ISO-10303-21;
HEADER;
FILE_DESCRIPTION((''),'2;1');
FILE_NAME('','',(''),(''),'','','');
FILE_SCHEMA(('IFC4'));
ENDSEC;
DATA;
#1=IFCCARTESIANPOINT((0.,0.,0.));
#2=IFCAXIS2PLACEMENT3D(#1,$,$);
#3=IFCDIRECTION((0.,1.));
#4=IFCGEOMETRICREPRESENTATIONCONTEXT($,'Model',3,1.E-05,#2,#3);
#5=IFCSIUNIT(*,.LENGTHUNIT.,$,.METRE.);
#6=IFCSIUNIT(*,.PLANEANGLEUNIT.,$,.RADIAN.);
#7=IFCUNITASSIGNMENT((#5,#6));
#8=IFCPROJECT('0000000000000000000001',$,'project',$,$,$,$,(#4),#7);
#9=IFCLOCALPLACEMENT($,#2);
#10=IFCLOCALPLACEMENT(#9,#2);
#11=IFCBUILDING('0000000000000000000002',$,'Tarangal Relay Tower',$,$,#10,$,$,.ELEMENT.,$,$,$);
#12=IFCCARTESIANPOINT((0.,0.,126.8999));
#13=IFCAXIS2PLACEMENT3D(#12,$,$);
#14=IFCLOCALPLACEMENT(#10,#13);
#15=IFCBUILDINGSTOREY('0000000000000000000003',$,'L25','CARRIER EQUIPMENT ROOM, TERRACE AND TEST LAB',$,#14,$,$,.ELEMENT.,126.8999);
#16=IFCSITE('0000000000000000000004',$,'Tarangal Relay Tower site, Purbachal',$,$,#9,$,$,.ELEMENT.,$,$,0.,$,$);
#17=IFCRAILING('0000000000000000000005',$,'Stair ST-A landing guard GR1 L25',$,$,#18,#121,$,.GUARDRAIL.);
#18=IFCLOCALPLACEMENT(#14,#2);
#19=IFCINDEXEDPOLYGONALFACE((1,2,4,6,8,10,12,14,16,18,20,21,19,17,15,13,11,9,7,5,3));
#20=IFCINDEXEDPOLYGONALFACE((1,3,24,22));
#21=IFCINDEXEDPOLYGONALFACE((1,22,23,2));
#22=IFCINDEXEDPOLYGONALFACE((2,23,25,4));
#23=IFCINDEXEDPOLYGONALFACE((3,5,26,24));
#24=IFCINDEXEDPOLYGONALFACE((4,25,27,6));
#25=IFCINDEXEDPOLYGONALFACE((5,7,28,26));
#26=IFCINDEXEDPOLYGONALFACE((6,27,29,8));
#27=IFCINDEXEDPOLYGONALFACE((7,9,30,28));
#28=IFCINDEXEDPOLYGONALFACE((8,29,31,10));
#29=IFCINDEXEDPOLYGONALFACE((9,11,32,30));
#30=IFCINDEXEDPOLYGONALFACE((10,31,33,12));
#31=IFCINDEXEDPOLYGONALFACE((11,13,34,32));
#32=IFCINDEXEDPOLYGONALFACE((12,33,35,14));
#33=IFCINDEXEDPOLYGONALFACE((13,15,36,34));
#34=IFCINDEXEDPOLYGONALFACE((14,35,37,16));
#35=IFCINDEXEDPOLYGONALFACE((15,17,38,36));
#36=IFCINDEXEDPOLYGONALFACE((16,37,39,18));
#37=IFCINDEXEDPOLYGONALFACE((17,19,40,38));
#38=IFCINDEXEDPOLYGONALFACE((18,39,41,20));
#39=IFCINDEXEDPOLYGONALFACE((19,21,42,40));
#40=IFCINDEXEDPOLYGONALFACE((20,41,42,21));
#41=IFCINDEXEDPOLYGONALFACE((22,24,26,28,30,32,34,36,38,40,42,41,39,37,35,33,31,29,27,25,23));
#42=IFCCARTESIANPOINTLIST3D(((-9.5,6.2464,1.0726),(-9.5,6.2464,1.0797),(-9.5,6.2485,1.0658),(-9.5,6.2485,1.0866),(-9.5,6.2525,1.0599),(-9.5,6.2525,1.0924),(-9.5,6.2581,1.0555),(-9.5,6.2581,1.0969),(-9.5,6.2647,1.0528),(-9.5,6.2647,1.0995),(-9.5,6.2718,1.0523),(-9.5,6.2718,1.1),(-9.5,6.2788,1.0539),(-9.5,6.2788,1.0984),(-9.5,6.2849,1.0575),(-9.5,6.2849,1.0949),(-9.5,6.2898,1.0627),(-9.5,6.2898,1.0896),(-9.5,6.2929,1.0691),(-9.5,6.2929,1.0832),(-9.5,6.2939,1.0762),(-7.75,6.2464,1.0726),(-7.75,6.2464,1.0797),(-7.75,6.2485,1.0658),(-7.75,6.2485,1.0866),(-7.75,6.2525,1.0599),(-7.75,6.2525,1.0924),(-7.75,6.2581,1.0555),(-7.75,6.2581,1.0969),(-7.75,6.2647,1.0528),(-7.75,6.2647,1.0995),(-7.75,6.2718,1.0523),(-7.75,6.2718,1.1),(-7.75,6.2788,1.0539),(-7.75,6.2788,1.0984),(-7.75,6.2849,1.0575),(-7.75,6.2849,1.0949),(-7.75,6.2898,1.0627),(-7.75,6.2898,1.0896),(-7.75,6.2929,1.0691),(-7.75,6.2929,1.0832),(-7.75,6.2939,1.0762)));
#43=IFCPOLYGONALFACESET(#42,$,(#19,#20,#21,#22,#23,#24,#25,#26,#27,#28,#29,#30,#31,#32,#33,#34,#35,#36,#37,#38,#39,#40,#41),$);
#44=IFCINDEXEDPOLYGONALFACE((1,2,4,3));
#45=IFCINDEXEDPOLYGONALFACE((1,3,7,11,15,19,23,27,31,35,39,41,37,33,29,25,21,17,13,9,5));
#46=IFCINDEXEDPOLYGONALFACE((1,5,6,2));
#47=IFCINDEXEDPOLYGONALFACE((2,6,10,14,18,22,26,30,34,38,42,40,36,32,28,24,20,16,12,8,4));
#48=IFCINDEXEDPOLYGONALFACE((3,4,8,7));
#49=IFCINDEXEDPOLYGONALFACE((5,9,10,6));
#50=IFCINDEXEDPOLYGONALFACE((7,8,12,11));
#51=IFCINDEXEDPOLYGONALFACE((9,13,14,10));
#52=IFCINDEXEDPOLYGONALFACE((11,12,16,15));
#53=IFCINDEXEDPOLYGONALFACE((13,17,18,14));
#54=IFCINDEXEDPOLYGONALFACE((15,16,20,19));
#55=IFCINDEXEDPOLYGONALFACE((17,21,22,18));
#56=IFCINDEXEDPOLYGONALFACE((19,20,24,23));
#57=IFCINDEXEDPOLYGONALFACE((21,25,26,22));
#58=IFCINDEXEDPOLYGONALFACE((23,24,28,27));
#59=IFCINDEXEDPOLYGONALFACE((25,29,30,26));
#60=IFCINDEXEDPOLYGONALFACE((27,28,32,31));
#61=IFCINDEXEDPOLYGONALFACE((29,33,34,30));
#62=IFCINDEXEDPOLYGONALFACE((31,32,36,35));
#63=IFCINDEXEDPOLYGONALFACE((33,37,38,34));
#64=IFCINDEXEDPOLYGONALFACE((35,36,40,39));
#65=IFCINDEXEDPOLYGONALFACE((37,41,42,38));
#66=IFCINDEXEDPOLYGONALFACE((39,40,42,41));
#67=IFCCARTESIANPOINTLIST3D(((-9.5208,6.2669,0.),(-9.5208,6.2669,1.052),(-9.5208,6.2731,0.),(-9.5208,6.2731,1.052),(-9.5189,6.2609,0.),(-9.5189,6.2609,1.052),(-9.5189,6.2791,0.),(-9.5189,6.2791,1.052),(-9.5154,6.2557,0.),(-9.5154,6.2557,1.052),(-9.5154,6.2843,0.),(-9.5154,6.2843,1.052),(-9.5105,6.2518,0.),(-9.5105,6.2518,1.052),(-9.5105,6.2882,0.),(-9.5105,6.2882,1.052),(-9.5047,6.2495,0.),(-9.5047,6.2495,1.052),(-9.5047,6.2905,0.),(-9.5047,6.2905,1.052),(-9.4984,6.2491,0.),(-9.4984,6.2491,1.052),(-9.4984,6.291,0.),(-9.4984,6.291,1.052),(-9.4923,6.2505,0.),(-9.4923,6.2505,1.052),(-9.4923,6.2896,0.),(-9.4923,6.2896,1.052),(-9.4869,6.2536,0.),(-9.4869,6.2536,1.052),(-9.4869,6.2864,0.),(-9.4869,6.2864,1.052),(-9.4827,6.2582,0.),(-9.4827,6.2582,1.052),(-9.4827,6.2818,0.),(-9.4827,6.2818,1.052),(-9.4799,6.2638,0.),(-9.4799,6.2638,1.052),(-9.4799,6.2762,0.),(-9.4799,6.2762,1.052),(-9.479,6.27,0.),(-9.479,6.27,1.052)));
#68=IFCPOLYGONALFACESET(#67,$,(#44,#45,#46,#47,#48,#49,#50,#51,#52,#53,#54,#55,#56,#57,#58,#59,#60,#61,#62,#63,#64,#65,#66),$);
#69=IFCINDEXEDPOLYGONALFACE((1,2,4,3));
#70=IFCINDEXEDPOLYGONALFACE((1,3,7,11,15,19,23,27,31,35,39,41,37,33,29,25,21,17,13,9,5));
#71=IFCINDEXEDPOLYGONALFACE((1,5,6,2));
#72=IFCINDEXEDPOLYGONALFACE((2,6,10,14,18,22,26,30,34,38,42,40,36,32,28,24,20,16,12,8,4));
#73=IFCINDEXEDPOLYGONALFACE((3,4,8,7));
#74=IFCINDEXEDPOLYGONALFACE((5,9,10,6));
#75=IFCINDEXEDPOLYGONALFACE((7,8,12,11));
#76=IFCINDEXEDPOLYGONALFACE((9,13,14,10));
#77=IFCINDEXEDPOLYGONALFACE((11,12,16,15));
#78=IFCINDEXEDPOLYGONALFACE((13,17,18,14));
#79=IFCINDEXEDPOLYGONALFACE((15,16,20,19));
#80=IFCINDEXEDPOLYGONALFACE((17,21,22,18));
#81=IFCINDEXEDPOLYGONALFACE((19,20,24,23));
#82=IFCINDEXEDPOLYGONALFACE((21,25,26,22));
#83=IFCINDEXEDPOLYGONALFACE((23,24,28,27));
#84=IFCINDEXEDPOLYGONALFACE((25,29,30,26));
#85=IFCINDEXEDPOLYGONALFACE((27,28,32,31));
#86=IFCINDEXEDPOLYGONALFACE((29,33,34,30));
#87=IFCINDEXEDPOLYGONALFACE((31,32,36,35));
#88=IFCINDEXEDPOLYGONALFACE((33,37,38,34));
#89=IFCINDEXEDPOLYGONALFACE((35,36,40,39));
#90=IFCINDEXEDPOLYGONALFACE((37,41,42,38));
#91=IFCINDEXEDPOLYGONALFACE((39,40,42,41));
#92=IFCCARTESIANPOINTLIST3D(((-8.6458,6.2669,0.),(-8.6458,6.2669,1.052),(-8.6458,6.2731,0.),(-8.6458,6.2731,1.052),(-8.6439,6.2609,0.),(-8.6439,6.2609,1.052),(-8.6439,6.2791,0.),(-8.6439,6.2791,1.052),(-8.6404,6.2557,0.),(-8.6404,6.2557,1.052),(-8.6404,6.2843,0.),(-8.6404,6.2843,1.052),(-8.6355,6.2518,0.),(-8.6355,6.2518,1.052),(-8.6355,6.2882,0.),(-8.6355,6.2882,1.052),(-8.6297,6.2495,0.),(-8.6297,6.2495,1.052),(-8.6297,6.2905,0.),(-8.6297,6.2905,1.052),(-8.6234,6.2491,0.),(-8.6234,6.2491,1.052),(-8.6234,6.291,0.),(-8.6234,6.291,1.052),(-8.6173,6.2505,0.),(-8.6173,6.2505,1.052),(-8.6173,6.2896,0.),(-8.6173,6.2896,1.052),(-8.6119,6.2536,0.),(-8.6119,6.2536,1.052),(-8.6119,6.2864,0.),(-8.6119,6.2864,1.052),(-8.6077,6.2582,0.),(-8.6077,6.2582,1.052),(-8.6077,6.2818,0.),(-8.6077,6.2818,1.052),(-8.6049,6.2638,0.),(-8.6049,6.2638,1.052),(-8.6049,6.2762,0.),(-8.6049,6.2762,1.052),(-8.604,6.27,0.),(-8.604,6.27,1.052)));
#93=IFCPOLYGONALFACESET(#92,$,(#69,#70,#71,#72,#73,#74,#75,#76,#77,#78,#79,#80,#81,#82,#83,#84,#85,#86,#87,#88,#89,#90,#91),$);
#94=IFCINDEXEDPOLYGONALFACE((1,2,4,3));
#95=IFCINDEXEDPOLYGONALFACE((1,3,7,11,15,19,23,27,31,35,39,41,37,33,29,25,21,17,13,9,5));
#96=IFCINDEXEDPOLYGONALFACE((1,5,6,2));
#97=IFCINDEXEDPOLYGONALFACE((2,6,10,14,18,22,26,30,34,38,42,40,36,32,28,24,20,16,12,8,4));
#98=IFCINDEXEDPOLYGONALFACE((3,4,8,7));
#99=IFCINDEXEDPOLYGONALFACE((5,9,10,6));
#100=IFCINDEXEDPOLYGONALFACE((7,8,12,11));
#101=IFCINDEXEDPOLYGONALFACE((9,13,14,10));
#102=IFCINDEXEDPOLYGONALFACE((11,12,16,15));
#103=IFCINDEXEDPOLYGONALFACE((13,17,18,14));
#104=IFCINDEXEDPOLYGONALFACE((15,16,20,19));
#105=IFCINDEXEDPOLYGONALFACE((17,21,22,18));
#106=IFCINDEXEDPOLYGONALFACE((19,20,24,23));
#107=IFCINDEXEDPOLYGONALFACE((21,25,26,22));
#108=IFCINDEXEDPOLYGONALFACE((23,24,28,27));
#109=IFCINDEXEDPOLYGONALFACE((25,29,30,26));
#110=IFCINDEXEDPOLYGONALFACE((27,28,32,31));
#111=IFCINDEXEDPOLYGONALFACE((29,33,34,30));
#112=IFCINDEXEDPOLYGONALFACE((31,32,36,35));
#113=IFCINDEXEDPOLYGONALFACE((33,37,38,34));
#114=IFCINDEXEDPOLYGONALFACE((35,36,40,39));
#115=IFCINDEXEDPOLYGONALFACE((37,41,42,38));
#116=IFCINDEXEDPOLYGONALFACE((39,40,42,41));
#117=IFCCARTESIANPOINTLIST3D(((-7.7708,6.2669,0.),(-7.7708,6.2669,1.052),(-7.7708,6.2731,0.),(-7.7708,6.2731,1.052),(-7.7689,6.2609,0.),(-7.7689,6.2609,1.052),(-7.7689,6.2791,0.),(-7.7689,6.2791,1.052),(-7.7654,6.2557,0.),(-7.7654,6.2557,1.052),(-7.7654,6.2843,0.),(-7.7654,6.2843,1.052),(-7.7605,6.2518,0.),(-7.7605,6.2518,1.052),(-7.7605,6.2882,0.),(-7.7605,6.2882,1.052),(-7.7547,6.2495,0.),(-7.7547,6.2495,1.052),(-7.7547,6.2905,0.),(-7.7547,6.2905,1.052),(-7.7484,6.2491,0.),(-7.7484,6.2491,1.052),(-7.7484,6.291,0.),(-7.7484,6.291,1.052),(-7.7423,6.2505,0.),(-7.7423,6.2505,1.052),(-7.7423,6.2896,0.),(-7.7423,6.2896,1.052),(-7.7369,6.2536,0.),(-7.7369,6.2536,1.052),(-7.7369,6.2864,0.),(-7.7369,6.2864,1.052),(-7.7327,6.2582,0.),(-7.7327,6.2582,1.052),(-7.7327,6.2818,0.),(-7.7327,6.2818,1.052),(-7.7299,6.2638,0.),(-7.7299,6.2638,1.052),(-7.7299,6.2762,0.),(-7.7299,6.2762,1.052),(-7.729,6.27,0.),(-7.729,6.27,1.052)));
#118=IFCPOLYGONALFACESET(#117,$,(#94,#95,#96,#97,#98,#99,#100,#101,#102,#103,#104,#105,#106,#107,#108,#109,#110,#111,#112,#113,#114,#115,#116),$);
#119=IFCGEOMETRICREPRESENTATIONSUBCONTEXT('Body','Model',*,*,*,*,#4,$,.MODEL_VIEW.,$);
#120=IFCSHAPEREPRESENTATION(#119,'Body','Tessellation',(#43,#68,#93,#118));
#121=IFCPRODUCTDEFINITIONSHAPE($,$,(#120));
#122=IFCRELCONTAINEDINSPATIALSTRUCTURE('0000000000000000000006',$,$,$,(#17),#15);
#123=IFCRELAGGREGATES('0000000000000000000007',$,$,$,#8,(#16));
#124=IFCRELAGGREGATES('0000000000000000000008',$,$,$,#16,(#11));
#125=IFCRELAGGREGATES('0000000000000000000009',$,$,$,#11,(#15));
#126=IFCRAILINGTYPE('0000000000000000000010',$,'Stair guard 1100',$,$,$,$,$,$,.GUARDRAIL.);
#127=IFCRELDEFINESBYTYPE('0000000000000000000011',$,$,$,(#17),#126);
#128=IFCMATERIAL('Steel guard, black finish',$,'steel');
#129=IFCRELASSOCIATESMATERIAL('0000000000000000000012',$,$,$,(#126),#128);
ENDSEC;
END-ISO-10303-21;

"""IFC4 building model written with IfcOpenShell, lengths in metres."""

from ifc_helpers import new_model, si_unit, direction, frame, origin, origin_2d, place, context, subcontext, project, spatial, circle, extrude, material, type_object, element, save


model = new_model("IFC4")

# Units and contexts
model_context = context("Model", 3, precision=1e-05, world=origin(), true_north=direction((0.0, 1.0)))
body_context = subcontext(model_context, "Body", "Model", "MODEL_VIEW")
ifc_project = project(units=[si_unit("LENGTHUNIT", "METRE"), si_unit("PLANEANGLEUNIT", "RADIAN")], contexts=[model_context])

# Site, building, storey
site_placement = place(None, origin())
site = spatial("IfcSite", under=ifc_project, at=site_placement, Name="Tarangal Relay Tower site, Purbachal", CompositionType="ELEMENT", RefElevation=0.0)
building_placement = place(site_placement, origin())
building = spatial("IfcBuilding", under=site, at=building_placement, Name="Tarangal Relay Tower", CompositionType="ELEMENT")
storey_placement = place(building_placement, frame((0.0, 0.0, 126.8999)))
storey = spatial("IfcBuildingStorey", under=building, at=storey_placement, Name="L25", Description="CARRIER EQUIPMENT ROOM, TERRACE AND TEST LAB", CompositionType="ELEMENT", Elevation=126.8999)

# Railing
ifc_material_1 = material(Name="Steel guard, black finish", Category="steel")
railing_type = type_object("IfcRailingType", Name="Stair guard 1100", PredefinedType="GUARDRAIL", material=ifc_material_1)
railing_1_placement = place(storey_placement, frame((-9.5, 6.27, 0.0)))
element("IfcRailing", 1, at=railing_1_placement, inside=storey, type_object=railing_type, Name="Stair ST-A landing guard GR1 L25", PredefinedType="GUARDRAIL", context=body_context, shape_type="SweptSolid", body=[
    extrude(circle(Radius=0.0239, at=origin_2d()), frame((0.0, 0.0, 1.0762), z_axis=(1.0, 0.0, 0.0), x_axis=(0.0, 1.0, 0.0)), (0.0, 0.0, 1.0), 1.75),
    extrude(circle(Radius=0.021, at=origin_2d()), origin(), (0.0, 0.0, 1.0), 1.052),
    extrude(circle(Radius=0.021, at=origin_2d()), frame((0.875, 0.0, 0.0)), (0.0, 0.0, 1.0), 1.052),
    extrude(circle(Radius=0.021, at=origin_2d()), frame((1.75, 0.0, 0.0)), (0.0, 0.0, 1.0), 1.052),
])

save(model, "model.ifc")
